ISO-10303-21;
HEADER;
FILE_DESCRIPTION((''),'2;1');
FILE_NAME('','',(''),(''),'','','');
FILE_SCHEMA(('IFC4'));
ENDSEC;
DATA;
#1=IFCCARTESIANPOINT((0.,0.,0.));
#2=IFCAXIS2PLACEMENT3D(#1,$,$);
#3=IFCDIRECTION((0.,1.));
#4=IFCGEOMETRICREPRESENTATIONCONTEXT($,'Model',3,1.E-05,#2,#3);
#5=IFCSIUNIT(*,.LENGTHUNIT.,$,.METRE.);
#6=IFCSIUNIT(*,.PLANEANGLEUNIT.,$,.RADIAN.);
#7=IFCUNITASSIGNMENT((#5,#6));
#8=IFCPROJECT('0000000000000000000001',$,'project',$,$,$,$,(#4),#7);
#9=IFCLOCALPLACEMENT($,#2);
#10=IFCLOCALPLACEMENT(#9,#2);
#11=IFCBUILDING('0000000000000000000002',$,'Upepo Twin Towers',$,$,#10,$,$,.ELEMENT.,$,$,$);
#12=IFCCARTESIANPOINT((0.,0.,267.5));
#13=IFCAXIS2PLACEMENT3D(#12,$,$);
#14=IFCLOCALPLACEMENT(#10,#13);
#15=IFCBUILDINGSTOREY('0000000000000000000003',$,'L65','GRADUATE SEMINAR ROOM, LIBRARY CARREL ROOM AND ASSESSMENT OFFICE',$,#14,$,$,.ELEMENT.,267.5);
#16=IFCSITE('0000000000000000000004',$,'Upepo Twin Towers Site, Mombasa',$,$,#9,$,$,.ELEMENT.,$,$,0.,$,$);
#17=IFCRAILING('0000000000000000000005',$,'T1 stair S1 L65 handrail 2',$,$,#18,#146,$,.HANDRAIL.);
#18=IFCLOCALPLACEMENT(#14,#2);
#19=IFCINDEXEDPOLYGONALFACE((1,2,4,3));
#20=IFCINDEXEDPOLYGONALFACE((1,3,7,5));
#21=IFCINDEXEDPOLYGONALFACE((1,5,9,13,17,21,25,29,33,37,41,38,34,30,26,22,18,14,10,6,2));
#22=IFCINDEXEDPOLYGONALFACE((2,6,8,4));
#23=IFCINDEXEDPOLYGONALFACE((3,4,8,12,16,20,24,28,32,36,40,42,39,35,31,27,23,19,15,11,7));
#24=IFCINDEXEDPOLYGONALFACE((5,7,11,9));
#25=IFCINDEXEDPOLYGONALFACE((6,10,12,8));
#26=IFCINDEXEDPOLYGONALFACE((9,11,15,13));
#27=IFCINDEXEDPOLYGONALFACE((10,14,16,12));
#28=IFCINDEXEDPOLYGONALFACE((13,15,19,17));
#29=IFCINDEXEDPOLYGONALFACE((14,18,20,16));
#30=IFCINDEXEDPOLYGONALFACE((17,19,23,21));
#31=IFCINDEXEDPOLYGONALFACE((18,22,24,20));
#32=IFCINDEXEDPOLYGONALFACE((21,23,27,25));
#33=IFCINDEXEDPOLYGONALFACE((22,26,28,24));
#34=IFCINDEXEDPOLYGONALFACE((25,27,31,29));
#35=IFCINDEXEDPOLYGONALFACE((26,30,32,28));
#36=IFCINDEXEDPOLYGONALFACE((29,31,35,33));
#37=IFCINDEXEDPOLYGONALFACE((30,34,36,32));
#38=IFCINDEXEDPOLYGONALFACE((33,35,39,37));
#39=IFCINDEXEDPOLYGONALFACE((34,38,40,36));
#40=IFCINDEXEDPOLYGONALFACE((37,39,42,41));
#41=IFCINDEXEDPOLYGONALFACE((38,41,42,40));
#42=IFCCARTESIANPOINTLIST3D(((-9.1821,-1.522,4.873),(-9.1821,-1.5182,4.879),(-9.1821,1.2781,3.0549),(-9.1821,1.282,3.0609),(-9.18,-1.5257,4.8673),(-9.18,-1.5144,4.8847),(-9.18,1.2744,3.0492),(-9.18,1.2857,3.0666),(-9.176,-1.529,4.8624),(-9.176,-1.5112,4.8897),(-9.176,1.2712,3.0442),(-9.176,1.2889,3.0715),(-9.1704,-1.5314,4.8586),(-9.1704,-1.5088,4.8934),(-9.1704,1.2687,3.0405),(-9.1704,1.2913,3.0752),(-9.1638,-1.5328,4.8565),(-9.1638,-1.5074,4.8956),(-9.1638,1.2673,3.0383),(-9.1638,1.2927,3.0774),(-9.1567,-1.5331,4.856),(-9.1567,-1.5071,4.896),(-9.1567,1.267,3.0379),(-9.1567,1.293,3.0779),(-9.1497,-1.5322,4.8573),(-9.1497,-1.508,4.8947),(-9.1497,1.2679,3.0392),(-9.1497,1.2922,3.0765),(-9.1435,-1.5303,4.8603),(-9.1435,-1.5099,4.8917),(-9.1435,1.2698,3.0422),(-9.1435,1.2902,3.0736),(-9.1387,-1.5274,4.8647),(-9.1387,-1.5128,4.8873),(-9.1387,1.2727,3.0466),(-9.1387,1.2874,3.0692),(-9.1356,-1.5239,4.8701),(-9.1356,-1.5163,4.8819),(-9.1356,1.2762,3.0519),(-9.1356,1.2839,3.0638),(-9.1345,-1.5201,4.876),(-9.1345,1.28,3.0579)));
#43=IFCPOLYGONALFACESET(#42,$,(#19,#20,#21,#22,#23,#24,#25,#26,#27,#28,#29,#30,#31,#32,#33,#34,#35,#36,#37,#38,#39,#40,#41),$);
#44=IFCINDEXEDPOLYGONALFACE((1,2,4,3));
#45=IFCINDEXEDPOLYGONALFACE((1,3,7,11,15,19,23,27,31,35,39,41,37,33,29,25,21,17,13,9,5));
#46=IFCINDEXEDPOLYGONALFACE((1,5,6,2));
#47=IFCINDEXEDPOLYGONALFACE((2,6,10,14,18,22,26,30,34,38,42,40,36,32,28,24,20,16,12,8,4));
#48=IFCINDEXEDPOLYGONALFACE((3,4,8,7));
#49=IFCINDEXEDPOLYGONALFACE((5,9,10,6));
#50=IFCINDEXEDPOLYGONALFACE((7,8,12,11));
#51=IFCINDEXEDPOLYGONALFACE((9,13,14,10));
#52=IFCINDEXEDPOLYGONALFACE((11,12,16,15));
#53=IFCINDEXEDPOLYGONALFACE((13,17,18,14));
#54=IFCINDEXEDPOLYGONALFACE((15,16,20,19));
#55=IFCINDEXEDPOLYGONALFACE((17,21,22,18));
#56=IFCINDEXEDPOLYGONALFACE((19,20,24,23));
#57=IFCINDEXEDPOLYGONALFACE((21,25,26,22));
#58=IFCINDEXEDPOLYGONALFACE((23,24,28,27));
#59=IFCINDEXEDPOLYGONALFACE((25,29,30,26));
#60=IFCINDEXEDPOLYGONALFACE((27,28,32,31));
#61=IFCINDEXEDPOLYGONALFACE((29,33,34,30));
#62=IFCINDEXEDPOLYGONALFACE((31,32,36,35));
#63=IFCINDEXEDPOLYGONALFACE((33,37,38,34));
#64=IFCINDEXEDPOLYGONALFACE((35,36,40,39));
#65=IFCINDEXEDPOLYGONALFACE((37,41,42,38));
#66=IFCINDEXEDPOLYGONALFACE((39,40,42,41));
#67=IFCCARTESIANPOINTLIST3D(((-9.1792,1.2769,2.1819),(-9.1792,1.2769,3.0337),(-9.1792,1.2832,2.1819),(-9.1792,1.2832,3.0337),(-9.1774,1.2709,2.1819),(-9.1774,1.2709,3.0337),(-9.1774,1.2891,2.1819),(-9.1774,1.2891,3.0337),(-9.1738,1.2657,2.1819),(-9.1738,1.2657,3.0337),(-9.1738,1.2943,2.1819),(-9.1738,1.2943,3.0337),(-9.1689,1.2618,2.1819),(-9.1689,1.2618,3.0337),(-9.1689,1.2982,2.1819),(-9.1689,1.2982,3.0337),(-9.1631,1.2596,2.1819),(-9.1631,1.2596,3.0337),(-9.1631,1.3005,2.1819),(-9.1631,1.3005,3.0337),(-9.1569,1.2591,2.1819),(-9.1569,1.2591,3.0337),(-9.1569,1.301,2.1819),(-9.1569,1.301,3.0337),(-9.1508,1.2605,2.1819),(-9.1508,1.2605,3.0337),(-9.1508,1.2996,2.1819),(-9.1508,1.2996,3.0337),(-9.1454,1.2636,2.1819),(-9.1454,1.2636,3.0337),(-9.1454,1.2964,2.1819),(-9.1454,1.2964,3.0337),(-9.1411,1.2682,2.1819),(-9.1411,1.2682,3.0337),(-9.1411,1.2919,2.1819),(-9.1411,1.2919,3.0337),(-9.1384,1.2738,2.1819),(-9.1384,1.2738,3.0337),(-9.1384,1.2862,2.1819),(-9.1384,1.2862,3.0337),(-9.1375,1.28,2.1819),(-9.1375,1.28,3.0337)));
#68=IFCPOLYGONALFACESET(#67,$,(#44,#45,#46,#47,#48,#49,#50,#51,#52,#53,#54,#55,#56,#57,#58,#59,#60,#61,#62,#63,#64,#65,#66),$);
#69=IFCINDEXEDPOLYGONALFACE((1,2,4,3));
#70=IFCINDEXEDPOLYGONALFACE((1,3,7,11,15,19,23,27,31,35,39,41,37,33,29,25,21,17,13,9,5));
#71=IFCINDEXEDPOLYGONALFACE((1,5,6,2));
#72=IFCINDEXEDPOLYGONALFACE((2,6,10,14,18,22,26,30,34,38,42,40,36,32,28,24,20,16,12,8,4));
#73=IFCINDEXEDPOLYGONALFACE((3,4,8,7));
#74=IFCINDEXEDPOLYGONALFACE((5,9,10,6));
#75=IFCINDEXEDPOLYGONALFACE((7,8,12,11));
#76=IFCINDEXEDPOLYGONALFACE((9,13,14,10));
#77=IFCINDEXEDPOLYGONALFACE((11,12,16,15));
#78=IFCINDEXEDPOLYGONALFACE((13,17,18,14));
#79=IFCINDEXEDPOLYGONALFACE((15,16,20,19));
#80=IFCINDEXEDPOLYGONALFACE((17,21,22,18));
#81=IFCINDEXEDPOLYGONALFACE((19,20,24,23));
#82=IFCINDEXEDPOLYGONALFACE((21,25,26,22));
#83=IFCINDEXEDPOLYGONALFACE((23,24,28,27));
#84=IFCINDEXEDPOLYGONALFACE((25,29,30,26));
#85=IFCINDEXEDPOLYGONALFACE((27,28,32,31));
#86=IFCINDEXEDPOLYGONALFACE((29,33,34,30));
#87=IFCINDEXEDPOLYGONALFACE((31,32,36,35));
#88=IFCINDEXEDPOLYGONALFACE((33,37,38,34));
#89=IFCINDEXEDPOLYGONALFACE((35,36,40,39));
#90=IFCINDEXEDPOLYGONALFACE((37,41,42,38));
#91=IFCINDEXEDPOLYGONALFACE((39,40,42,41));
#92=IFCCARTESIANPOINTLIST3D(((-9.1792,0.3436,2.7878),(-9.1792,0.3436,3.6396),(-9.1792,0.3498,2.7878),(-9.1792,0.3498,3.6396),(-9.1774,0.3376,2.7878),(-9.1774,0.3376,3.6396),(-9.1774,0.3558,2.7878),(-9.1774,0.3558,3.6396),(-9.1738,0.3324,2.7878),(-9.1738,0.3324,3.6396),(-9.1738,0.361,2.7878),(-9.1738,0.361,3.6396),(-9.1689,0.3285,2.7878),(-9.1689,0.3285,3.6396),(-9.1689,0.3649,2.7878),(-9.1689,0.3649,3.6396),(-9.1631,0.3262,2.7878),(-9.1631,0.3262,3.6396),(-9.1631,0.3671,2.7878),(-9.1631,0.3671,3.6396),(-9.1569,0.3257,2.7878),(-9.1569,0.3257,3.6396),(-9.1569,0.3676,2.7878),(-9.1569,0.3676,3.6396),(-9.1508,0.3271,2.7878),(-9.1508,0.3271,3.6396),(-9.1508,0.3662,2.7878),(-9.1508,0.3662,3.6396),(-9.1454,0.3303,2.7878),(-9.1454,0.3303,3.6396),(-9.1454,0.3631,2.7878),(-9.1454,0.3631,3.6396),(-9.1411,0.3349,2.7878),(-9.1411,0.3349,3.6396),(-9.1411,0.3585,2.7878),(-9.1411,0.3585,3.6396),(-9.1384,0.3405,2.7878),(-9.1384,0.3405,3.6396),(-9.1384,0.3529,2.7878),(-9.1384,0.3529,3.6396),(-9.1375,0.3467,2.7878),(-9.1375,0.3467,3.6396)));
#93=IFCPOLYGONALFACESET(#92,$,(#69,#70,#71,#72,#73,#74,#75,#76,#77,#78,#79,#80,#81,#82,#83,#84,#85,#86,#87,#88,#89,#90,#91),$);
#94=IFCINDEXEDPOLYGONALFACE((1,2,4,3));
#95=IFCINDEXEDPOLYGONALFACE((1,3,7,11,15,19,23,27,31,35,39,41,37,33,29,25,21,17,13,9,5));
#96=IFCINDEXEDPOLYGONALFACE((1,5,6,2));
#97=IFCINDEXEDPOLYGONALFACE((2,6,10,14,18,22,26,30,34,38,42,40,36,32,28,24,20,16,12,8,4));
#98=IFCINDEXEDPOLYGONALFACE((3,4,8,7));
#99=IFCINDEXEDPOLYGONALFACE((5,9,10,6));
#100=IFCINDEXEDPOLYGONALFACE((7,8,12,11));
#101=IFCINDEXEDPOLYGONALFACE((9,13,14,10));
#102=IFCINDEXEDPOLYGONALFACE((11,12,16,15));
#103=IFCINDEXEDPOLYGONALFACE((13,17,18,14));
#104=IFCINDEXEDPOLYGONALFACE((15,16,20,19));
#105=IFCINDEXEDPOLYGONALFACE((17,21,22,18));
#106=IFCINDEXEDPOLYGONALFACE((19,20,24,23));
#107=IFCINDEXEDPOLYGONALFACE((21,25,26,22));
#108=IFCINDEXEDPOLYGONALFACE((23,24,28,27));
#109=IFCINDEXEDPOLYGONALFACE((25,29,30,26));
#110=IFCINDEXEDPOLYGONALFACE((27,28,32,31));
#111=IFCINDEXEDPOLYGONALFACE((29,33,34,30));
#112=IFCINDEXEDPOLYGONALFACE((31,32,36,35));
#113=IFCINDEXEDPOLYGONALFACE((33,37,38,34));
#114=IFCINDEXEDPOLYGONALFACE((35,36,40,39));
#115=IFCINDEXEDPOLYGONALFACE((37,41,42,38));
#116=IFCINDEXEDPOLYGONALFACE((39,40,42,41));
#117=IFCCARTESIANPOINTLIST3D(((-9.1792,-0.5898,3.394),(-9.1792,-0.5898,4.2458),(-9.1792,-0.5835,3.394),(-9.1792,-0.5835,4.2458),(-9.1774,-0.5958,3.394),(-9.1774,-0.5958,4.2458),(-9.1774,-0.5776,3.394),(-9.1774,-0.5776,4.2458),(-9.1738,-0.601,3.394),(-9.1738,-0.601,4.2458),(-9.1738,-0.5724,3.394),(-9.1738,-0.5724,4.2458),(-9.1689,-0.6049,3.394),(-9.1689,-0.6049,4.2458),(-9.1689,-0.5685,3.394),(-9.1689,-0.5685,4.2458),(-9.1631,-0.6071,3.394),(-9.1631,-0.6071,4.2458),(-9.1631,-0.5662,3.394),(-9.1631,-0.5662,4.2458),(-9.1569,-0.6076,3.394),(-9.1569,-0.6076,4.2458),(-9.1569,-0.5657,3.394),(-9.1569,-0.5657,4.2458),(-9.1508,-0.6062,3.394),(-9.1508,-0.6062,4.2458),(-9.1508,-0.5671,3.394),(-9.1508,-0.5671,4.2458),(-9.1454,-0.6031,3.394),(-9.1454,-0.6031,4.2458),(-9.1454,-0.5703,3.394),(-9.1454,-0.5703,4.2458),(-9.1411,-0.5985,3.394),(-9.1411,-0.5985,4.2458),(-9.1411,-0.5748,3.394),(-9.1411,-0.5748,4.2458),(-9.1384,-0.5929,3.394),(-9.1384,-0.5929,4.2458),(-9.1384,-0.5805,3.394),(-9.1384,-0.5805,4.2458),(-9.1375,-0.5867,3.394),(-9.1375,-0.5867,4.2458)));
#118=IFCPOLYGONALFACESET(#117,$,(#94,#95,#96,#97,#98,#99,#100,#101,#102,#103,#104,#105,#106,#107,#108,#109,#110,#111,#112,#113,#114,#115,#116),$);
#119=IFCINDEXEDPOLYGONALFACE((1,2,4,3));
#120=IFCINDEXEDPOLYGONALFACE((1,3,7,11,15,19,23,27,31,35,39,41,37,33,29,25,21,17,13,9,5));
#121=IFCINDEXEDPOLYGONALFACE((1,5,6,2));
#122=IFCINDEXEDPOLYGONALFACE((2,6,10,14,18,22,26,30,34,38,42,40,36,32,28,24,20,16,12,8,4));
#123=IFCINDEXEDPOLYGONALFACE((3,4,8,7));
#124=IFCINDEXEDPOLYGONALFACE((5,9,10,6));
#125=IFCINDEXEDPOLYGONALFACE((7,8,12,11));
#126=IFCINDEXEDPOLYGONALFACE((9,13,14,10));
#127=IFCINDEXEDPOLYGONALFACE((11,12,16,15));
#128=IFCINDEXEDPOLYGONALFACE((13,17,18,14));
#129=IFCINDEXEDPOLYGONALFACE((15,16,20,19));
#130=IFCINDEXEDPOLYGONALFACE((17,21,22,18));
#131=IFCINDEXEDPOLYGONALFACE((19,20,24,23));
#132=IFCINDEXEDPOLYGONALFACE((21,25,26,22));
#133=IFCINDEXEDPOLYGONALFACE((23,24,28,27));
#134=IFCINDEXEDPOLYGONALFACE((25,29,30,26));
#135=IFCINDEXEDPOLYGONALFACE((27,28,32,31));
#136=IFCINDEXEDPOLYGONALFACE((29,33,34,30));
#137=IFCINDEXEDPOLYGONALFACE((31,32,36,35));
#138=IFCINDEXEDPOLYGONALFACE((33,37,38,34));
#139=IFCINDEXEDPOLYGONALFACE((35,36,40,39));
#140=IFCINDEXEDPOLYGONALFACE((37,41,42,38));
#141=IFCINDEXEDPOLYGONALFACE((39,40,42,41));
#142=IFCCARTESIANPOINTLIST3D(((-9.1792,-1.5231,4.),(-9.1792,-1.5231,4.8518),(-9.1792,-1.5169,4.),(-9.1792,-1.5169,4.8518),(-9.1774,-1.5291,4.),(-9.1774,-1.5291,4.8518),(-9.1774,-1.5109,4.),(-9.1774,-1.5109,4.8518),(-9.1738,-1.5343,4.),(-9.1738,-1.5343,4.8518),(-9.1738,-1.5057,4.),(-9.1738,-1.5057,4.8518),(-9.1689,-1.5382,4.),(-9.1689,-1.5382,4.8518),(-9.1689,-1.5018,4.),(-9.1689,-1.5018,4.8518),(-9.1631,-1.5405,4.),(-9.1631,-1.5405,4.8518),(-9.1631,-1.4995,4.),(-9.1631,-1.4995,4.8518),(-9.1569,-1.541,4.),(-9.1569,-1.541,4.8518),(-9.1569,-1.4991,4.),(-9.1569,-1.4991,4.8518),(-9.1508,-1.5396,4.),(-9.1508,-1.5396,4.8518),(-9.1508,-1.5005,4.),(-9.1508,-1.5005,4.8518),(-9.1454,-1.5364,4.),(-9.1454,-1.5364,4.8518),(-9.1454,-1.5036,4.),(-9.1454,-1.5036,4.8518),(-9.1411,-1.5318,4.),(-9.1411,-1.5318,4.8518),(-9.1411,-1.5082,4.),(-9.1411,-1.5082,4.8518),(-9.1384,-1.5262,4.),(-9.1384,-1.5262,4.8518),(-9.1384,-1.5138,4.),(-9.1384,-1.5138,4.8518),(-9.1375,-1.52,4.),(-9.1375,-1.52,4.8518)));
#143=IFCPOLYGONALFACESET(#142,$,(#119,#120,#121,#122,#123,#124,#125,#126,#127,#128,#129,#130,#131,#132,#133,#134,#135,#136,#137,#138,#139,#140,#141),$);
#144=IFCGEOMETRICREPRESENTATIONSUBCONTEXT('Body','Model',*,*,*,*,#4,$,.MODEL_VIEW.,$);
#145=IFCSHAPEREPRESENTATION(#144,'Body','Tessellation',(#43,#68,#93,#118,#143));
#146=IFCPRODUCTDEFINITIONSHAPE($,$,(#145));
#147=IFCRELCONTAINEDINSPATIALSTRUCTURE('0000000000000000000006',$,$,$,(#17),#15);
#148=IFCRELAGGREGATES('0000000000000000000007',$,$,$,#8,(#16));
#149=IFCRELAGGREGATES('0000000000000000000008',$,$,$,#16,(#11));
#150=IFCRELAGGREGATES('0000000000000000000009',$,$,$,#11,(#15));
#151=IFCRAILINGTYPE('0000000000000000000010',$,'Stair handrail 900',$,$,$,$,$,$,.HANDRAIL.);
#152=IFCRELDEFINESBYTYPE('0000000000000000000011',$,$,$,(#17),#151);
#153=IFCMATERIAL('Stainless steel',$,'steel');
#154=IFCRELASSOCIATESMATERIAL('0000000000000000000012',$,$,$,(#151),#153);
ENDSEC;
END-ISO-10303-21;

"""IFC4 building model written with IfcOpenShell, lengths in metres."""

from ifc_helpers import new_model, si_unit, direction, frame, origin, origin_2d, place, context, subcontext, project, spatial, circle, extrude, material, type_object, element, save


model = new_model("IFC4")

# Units and contexts
model_context = context("Model", 3, precision=1e-05, world=origin(), true_north=direction((0.0, 1.0)))
body_context = subcontext(model_context, "Body", "Model", "MODEL_VIEW")
ifc_project = project(units=[si_unit("LENGTHUNIT", "METRE"), si_unit("PLANEANGLEUNIT", "RADIAN")], contexts=[model_context])

# Site, building, storey
site_placement = place(None, origin())
site = spatial("IfcSite", under=ifc_project, at=site_placement, Name="Upepo Twin Towers Site, Mombasa", CompositionType="ELEMENT", RefElevation=0.0)
building_placement = place(site_placement, origin())
building = spatial("IfcBuilding", under=site, at=building_placement, Name="Upepo Twin Towers", CompositionType="ELEMENT")
storey_placement = place(building_placement, frame((0.0, 0.0, 267.5)))
storey = spatial("IfcBuildingStorey", under=building, at=storey_placement, Name="L65", Description="GRADUATE SEMINAR ROOM, LIBRARY CARREL ROOM AND ASSESSMENT OFFICE", CompositionType="ELEMENT", Elevation=267.5)

# Railing
ifc_material_1 = material(Name="Stainless steel", Category="steel")
railing_type = type_object("IfcRailingType", Name="Stair handrail 900", PredefinedType="HANDRAIL", material=ifc_material_1)
railing_placement = place(storey_placement, frame((-9.1584, 1.28, 2.1819)))
element("IfcRailing", 1, at=railing_placement, inside=storey, type_object=railing_type, Name="T1 stair S1 L65 handrail 2", PredefinedType="HANDRAIL", context=body_context, shape_type="SweptSolid", body=[
    extrude(circle(Radius=0.0239, at=origin_2d()), frame((0.0, 0.0, 0.876), z_axis=(0.0, -0.838706, 0.544585), x_axis=(1.0, 0.0, 0.0)), (0.0, 0.0, 1.0), 3.3386),
    extrude(circle(Radius=0.021, at=origin_2d()), origin(), (0.0, 0.0, 1.0), 0.8518),
    extrude(circle(Radius=0.021, at=origin_2d()), frame((0.0, -0.9333, 0.606)), (0.0, 0.0, 1.0), 0.8518),
    extrude(circle(Radius=0.021, at=origin_2d()), frame((0.0, -1.8667, 1.2122)), (0.0, 0.0, 1.0), 0.8518),
    extrude(circle(Radius=0.021, at=origin_2d()), frame((0.0, -2.8, 1.8181)), (0.0, 0.0, 1.0), 0.8518),
])

save(model, "model.ifc")
